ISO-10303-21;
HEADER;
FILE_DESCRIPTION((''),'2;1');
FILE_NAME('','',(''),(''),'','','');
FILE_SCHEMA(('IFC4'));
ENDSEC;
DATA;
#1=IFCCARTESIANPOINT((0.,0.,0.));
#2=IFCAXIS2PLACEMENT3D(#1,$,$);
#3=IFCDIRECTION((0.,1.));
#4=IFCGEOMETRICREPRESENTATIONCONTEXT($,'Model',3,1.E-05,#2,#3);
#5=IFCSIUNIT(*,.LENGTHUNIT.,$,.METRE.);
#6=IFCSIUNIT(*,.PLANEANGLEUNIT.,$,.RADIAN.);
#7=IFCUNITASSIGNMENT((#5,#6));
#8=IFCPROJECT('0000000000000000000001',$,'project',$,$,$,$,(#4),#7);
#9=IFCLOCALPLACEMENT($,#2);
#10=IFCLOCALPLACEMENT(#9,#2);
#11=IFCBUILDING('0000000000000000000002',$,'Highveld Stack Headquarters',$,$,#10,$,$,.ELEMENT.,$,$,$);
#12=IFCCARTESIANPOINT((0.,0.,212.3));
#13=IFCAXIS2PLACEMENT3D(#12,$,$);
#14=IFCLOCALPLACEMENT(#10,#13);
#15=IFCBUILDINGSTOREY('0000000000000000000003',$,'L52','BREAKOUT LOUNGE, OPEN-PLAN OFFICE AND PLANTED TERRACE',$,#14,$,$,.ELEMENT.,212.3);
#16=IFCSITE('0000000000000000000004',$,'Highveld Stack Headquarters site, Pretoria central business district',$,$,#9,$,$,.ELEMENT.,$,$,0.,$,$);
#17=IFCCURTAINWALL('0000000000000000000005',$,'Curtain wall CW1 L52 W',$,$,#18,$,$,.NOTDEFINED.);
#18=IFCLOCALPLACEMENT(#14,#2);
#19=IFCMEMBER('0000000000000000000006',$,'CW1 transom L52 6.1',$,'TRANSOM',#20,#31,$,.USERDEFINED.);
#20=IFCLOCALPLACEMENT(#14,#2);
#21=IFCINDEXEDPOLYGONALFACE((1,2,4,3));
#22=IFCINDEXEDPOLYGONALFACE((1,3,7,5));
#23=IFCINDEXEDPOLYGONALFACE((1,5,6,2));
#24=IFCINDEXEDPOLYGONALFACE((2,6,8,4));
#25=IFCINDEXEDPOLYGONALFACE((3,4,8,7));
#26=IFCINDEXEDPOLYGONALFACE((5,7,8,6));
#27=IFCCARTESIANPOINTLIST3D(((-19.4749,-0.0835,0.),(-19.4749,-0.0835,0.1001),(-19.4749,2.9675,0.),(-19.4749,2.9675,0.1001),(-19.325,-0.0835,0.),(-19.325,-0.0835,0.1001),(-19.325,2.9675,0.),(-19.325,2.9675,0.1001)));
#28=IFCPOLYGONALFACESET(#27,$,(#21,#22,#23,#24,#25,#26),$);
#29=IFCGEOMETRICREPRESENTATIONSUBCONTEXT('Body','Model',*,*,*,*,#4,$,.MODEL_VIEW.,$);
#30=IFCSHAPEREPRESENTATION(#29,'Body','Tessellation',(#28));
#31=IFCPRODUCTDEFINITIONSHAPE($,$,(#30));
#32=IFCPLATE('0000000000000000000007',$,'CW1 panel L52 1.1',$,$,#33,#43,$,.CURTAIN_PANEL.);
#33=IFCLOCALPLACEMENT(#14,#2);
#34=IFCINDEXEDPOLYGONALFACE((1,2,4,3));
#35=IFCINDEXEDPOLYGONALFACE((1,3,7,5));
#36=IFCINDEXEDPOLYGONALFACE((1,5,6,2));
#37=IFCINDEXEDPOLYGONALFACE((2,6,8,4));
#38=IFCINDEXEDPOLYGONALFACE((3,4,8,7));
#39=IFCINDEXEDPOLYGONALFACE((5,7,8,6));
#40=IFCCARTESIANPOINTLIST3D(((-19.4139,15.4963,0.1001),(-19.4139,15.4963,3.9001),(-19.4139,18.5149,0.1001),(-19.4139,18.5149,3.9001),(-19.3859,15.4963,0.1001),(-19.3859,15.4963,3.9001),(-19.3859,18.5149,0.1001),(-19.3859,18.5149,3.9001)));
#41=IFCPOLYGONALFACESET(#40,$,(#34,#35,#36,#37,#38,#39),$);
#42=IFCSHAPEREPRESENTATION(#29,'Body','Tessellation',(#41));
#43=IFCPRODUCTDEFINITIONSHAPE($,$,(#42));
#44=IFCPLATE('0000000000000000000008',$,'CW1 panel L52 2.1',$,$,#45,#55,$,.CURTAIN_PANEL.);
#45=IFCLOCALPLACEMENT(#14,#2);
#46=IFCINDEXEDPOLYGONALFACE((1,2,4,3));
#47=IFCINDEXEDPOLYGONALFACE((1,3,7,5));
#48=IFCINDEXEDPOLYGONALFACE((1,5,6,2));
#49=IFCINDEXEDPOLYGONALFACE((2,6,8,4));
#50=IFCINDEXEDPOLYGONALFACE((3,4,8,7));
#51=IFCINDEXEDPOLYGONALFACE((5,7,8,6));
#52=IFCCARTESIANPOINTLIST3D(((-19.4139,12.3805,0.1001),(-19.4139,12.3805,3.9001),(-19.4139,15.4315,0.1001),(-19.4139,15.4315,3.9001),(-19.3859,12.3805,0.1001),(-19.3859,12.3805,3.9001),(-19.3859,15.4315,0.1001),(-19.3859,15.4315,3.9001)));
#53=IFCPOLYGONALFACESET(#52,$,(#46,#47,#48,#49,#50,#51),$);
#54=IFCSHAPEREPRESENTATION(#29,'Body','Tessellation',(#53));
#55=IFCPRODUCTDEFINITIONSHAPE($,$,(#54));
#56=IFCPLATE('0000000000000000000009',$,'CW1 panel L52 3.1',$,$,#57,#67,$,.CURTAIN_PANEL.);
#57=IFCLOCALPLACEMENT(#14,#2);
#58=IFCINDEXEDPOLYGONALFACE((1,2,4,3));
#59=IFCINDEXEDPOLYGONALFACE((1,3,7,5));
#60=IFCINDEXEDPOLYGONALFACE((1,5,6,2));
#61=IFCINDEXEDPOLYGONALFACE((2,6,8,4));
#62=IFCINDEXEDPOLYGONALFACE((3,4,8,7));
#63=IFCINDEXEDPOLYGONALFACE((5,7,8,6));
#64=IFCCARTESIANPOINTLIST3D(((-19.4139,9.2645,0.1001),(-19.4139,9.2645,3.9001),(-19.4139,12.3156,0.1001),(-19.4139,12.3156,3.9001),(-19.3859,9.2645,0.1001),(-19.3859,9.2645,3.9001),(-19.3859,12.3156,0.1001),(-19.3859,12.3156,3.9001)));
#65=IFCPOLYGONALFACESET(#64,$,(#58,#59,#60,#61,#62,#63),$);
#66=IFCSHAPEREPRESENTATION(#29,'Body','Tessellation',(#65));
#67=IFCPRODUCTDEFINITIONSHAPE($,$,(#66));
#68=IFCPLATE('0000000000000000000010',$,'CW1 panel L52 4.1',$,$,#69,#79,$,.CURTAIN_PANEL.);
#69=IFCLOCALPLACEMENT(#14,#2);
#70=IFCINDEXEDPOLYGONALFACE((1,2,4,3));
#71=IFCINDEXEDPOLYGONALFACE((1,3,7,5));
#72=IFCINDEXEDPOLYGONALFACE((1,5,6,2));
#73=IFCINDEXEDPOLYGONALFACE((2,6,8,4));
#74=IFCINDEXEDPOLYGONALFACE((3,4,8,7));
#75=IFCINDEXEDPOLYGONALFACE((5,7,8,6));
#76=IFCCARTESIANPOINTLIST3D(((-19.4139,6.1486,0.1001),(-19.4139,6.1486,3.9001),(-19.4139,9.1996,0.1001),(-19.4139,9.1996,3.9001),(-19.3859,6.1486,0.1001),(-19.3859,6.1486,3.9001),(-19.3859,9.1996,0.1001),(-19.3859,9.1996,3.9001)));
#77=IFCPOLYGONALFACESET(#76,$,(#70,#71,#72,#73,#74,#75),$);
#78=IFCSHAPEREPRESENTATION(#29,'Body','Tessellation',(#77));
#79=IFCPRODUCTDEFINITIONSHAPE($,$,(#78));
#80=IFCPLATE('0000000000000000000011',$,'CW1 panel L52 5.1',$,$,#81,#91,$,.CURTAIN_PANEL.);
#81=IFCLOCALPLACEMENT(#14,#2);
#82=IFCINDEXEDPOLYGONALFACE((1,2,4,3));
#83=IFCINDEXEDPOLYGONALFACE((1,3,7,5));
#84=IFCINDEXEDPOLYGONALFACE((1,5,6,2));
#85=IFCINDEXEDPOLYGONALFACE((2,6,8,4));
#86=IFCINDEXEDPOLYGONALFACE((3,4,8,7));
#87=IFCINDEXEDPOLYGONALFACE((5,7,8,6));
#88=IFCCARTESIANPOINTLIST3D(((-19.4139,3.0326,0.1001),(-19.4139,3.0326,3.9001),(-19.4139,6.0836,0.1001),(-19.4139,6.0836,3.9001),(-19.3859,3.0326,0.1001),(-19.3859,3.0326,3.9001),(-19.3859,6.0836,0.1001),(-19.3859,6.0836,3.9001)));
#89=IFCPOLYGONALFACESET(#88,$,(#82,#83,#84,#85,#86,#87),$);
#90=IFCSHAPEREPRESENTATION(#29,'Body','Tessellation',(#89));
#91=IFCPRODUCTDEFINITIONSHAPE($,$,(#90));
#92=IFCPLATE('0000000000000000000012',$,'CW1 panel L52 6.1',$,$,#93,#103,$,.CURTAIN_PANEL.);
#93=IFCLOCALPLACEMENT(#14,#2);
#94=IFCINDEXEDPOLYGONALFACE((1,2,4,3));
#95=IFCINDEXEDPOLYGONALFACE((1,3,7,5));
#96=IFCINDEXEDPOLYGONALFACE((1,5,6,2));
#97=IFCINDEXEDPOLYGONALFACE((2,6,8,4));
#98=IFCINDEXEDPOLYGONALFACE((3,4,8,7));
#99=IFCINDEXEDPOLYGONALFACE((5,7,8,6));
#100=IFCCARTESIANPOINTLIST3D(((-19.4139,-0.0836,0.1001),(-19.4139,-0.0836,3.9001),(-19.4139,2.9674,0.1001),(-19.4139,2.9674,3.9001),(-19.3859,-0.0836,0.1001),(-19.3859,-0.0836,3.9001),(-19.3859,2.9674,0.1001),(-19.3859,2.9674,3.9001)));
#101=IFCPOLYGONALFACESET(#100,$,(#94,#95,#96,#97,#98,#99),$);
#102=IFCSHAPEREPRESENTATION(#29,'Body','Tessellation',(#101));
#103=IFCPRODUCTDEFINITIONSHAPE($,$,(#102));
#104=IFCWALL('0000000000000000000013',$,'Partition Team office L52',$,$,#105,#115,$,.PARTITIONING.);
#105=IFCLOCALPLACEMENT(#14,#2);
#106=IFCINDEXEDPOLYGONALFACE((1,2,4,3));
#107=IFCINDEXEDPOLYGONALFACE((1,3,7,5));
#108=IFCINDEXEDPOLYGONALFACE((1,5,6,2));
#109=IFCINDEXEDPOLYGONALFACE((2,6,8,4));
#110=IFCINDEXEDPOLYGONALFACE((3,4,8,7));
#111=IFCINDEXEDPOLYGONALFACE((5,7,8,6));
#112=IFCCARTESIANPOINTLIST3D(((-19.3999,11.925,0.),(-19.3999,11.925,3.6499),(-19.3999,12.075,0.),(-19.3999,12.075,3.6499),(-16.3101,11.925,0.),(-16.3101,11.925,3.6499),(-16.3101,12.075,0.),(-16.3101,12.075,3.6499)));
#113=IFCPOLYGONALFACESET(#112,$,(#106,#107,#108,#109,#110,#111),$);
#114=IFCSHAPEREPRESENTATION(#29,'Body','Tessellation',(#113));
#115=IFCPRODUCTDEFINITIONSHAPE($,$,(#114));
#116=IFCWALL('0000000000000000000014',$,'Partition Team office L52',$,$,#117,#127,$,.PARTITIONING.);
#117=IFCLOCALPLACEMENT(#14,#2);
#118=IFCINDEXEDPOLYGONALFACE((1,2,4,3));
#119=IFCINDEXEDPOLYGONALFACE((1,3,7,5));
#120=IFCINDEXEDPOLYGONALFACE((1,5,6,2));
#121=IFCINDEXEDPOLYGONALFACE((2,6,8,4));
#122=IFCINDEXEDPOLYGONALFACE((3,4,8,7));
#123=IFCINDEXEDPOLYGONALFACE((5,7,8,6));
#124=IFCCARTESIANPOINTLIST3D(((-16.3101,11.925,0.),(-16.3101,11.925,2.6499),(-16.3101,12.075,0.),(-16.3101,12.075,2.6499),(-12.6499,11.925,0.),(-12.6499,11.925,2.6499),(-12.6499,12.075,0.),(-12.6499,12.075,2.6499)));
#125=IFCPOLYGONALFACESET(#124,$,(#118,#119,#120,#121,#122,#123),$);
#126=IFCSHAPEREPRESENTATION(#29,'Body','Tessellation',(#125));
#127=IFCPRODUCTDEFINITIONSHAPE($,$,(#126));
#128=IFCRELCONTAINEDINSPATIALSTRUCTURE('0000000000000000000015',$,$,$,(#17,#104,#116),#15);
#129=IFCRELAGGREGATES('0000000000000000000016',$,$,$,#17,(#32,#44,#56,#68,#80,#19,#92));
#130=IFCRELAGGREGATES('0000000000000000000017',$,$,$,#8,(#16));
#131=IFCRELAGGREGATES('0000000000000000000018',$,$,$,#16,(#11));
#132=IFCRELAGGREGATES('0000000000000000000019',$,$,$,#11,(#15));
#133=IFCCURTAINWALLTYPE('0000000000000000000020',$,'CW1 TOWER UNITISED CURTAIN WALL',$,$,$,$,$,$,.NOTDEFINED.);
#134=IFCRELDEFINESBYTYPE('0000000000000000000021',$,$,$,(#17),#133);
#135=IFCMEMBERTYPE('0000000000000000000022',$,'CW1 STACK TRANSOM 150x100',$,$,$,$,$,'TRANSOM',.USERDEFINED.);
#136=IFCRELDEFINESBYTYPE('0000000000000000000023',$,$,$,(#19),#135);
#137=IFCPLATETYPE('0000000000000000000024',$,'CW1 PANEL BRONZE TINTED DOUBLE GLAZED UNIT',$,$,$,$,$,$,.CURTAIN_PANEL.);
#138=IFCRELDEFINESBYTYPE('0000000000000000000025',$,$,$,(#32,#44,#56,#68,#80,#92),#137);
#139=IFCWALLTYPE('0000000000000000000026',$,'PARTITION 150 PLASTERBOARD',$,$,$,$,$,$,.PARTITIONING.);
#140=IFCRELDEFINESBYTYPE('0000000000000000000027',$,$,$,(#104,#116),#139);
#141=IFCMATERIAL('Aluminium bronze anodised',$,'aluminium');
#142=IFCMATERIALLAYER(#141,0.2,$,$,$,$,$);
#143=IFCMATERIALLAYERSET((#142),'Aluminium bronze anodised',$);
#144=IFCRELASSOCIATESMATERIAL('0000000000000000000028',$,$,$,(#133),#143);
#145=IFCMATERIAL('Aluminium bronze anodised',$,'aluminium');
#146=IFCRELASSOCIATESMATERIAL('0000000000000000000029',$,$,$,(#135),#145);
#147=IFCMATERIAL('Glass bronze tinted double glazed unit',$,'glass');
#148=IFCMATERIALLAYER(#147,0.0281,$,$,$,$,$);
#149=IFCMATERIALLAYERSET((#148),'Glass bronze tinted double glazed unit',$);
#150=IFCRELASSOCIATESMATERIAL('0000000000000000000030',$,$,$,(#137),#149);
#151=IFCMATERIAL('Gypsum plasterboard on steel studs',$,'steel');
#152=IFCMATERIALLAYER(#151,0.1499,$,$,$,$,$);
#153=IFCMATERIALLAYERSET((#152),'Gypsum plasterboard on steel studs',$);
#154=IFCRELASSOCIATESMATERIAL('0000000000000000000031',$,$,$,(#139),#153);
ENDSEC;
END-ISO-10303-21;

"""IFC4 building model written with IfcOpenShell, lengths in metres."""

from ifc_helpers import new_model, si_unit, direction, frame, frame_2d, origin, origin_2d, place, context, subcontext, project, spatial, rectangle, extrude, material, layer, layer_set, material_profile, profile_set, type_object, element, aggregate, save


model = new_model("IFC4")

# Units and contexts
model_context = context("Model", 3, precision=1e-05, world=origin(), true_north=direction((0.0, 1.0)))
body_context = subcontext(model_context, "Body", "Model", "MODEL_VIEW")
ifc_project = project(units=[si_unit("LENGTHUNIT", "METRE"), si_unit("PLANEANGLEUNIT", "RADIAN")], contexts=[model_context])

# Site, building, storey
site_placement = place(None, origin())
site = spatial("IfcSite", under=ifc_project, at=site_placement, Name="Highveld Stack Headquarters site, Pretoria central business district", CompositionType="ELEMENT", RefElevation=0.0)
building_placement = place(site_placement, origin())
building = spatial("IfcBuilding", under=site, at=building_placement, Name="Highveld Stack Headquarters", CompositionType="ELEMENT")
storey_placement = place(building_placement, frame((0.0, 0.0, 212.3)))
storey = spatial("IfcBuildingStorey", under=building, at=storey_placement, Name="L52", Description="BREAKOUT LOUNGE, OPEN-PLAN OFFICE AND PLANTED TERRACE", CompositionType="ELEMENT", Elevation=212.3)

# Curtain wall, member, plates
ifc_material_1 = material(Name="Aluminium bronze anodised", Category="aluminium")
ifc_layer_1 = layer(ifc_material_1, 0.2)
ifc_layer_set_1 = layer_set([ifc_layer_1], Name="Aluminium bronze anodised")
curtain_wall_type = type_object("IfcCurtainWallType", Name="CW1 TOWER UNITISED CURTAIN WALL", PredefinedType="NOTDEFINED", material=ifc_layer_set_1)
curtain_wall_placement = place(storey_placement, origin())
curtain_wall = element("IfcCurtainWall", 1, at=curtain_wall_placement, inside=storey, type_object=curtain_wall_type, Name="Curtain wall CW1 L52 W", PredefinedType="NOTDEFINED")
ifc_material_2 = material(Name="Aluminium bronze anodised", Category="aluminium")
ifc_material_profile_1 = material_profile(ifc_material_2, rectangle(XDim=0.1499, YDim=0.1001, at=origin_2d()), Name="CW1 TRANSOM 150x100")
ifc_profile_set_1 = profile_set([ifc_material_profile_1], Name="Aluminium bronze anodised")
member_type_1 = type_object("IfcMemberType", Name="CW1 STACK TRANSOM 150x100", ElementType="TRANSOM", PredefinedType="USERDEFINED", material=ifc_profile_set_1)
member_1_placement = place(storey_placement, frame((-19.3999, 2.9675, 0.05), z_axis=(0.0, -1.0, 0.0), x_axis=(1.0, 0.0, 0.0)))
member_1 = element("IfcMember", 2, at=member_1_placement, type_object=member_type_1, Name="CW1 transom L52 6.1", ObjectType="TRANSOM", PredefinedType="USERDEFINED", context=body_context, shape_type="SweptSolid", body=[
    extrude(rectangle(XDim=0.1499, YDim=0.1001, at=origin_2d()), origin(), (0.0, 0.0, 1.0), 3.051),
])
ifc_material_3 = material(Name="Glass bronze tinted double glazed unit", Category="glass")
ifc_layer_2 = layer(ifc_material_3, 0.0281)
ifc_layer_set_2 = layer_set([ifc_layer_2], Name="Glass bronze tinted double glazed unit")
plate_type = type_object("IfcPlateType", Name="CW1 PANEL BRONZE TINTED DOUBLE GLAZED UNIT", PredefinedType="CURTAIN_PANEL", material=ifc_layer_set_2)
plate_1_placement = place(storey_placement, frame((-19.3999, 17.0056, 0.1001), z_axis=(0.0, 0.0, 1.0), x_axis=(0.0, -1.0, 0.0)))
plate_1 = element("IfcPlate", 3, at=plate_1_placement, type_object=plate_type, Name="CW1 panel L52 1.1", PredefinedType="CURTAIN_PANEL", context=body_context, shape_type="SweptSolid", body=[
    extrude(rectangle(XDim=3.0186, YDim=0.0281, at=origin_2d()), origin(), (0.0, 0.0, 1.0), 3.8),
])
plate_2_placement = place(storey_placement, frame((-19.3999, 13.906, 0.1001), z_axis=(0.0, 0.0, 1.0), x_axis=(0.0, -1.0, 0.0)))
plate_2 = element("IfcPlate", 4, at=plate_2_placement, type_object=plate_type, Name="CW1 panel L52 2.1", PredefinedType="CURTAIN_PANEL", context=body_context, shape_type="SweptSolid", body=[
    extrude(rectangle(XDim=3.051, YDim=0.0281, at=origin_2d()), origin(), (0.0, 0.0, 1.0), 3.8),
])
plate_3_placement = place(storey_placement, frame((-19.3999, 10.79, 0.1001), z_axis=(0.0, 0.0, 1.0), x_axis=(0.0, -1.0, 0.0)))
plate_3 = element("IfcPlate", 5, at=plate_3_placement, type_object=plate_type, Name="CW1 panel L52 3.1", PredefinedType="CURTAIN_PANEL", context=body_context, shape_type="SweptSolid", body=[
    extrude(rectangle(XDim=3.051, YDim=0.0281, at=origin_2d()), origin(), (0.0, 0.0, 1.0), 3.8),
])
plate_4_placement = place(storey_placement, frame((-19.3999, 7.6741, 0.1001), z_axis=(0.0, 0.0, 1.0), x_axis=(0.0, -1.0, 0.0)))
plate_4 = element("IfcPlate", 6, at=plate_4_placement, type_object=plate_type, Name="CW1 panel L52 4.1", PredefinedType="CURTAIN_PANEL", context=body_context, shape_type="SweptSolid", body=[
    extrude(rectangle(XDim=3.051, YDim=0.0281, at=origin_2d()), origin(), (0.0, 0.0, 1.0), 3.8),
])
plate_5_placement = place(storey_placement, frame((-19.3999, 4.5581, 0.1001), z_axis=(0.0, 0.0, 1.0), x_axis=(0.0, -1.0, 0.0)))
plate_5 = element("IfcPlate", 7, at=plate_5_placement, type_object=plate_type, Name="CW1 panel L52 5.1", PredefinedType="CURTAIN_PANEL", context=body_context, shape_type="SweptSolid", body=[
    extrude(rectangle(XDim=3.051, YDim=0.0281, at=origin_2d()), origin(), (0.0, 0.0, 1.0), 3.8),
])
plate_6_placement = place(storey_placement, frame((-19.3999, 1.4419, 0.1001), z_axis=(0.0, 0.0, 1.0), x_axis=(0.0, -1.0, 0.0)))
plate_6 = element("IfcPlate", 8, at=plate_6_placement, type_object=plate_type, Name="CW1 panel L52 6.1", PredefinedType="CURTAIN_PANEL", context=body_context, shape_type="SweptSolid", body=[
    extrude(rectangle(XDim=3.051, YDim=0.0281, at=origin_2d()), origin(), (0.0, 0.0, 1.0), 3.8),
])
aggregate(curtain_wall, [plate_1, plate_2, plate_3, plate_4, plate_5, member_1, plate_6])

# Walls
ifc_material_4 = material(Name="Gypsum plasterboard on steel studs", Category="steel")
ifc_layer_3 = layer(ifc_material_4, 0.1499)
ifc_layer_set_3 = layer_set([ifc_layer_3], Name="Gypsum plasterboard on steel studs")
wall_type = type_object("IfcWallType", Name="PARTITION 150 PLASTERBOARD", PredefinedType="PARTITIONING", material=ifc_layer_set_3)
wall_1_placement = place(storey_placement, frame((-19.3999, 12.0, 0.0), z_axis=(0.0, 0.0, 1.0), x_axis=(1.0, 0.0, 0.0)))
element("IfcWall", 9, at=wall_1_placement, inside=storey, type_object=wall_type, Name="Partition Team office L52", PredefinedType="PARTITIONING", context=body_context, shape_type="SweptSolid", body=[
    extrude(rectangle(XDim=3.0898, YDim=0.1499, at=frame_2d((1.5449, 0.0))), origin(), (0.0, 0.0, 1.0), 3.6499),
])
wall_2_placement = place(storey_placement, frame((-16.3101, 12.0, 0.0), z_axis=(0.0, 0.0, 1.0), x_axis=(1.0, 0.0, 0.0)))
element("IfcWall", 10, at=wall_2_placement, inside=storey, type_object=wall_type, Name="Partition Team office L52", PredefinedType="PARTITIONING", context=body_context, shape_type="SweptSolid", body=[
    extrude(rectangle(XDim=3.6602, YDim=0.1499, at=frame_2d((1.8301, 0.0))), origin(), (0.0, 0.0, 1.0), 2.6499),
])

save(model, "model.ifc")
